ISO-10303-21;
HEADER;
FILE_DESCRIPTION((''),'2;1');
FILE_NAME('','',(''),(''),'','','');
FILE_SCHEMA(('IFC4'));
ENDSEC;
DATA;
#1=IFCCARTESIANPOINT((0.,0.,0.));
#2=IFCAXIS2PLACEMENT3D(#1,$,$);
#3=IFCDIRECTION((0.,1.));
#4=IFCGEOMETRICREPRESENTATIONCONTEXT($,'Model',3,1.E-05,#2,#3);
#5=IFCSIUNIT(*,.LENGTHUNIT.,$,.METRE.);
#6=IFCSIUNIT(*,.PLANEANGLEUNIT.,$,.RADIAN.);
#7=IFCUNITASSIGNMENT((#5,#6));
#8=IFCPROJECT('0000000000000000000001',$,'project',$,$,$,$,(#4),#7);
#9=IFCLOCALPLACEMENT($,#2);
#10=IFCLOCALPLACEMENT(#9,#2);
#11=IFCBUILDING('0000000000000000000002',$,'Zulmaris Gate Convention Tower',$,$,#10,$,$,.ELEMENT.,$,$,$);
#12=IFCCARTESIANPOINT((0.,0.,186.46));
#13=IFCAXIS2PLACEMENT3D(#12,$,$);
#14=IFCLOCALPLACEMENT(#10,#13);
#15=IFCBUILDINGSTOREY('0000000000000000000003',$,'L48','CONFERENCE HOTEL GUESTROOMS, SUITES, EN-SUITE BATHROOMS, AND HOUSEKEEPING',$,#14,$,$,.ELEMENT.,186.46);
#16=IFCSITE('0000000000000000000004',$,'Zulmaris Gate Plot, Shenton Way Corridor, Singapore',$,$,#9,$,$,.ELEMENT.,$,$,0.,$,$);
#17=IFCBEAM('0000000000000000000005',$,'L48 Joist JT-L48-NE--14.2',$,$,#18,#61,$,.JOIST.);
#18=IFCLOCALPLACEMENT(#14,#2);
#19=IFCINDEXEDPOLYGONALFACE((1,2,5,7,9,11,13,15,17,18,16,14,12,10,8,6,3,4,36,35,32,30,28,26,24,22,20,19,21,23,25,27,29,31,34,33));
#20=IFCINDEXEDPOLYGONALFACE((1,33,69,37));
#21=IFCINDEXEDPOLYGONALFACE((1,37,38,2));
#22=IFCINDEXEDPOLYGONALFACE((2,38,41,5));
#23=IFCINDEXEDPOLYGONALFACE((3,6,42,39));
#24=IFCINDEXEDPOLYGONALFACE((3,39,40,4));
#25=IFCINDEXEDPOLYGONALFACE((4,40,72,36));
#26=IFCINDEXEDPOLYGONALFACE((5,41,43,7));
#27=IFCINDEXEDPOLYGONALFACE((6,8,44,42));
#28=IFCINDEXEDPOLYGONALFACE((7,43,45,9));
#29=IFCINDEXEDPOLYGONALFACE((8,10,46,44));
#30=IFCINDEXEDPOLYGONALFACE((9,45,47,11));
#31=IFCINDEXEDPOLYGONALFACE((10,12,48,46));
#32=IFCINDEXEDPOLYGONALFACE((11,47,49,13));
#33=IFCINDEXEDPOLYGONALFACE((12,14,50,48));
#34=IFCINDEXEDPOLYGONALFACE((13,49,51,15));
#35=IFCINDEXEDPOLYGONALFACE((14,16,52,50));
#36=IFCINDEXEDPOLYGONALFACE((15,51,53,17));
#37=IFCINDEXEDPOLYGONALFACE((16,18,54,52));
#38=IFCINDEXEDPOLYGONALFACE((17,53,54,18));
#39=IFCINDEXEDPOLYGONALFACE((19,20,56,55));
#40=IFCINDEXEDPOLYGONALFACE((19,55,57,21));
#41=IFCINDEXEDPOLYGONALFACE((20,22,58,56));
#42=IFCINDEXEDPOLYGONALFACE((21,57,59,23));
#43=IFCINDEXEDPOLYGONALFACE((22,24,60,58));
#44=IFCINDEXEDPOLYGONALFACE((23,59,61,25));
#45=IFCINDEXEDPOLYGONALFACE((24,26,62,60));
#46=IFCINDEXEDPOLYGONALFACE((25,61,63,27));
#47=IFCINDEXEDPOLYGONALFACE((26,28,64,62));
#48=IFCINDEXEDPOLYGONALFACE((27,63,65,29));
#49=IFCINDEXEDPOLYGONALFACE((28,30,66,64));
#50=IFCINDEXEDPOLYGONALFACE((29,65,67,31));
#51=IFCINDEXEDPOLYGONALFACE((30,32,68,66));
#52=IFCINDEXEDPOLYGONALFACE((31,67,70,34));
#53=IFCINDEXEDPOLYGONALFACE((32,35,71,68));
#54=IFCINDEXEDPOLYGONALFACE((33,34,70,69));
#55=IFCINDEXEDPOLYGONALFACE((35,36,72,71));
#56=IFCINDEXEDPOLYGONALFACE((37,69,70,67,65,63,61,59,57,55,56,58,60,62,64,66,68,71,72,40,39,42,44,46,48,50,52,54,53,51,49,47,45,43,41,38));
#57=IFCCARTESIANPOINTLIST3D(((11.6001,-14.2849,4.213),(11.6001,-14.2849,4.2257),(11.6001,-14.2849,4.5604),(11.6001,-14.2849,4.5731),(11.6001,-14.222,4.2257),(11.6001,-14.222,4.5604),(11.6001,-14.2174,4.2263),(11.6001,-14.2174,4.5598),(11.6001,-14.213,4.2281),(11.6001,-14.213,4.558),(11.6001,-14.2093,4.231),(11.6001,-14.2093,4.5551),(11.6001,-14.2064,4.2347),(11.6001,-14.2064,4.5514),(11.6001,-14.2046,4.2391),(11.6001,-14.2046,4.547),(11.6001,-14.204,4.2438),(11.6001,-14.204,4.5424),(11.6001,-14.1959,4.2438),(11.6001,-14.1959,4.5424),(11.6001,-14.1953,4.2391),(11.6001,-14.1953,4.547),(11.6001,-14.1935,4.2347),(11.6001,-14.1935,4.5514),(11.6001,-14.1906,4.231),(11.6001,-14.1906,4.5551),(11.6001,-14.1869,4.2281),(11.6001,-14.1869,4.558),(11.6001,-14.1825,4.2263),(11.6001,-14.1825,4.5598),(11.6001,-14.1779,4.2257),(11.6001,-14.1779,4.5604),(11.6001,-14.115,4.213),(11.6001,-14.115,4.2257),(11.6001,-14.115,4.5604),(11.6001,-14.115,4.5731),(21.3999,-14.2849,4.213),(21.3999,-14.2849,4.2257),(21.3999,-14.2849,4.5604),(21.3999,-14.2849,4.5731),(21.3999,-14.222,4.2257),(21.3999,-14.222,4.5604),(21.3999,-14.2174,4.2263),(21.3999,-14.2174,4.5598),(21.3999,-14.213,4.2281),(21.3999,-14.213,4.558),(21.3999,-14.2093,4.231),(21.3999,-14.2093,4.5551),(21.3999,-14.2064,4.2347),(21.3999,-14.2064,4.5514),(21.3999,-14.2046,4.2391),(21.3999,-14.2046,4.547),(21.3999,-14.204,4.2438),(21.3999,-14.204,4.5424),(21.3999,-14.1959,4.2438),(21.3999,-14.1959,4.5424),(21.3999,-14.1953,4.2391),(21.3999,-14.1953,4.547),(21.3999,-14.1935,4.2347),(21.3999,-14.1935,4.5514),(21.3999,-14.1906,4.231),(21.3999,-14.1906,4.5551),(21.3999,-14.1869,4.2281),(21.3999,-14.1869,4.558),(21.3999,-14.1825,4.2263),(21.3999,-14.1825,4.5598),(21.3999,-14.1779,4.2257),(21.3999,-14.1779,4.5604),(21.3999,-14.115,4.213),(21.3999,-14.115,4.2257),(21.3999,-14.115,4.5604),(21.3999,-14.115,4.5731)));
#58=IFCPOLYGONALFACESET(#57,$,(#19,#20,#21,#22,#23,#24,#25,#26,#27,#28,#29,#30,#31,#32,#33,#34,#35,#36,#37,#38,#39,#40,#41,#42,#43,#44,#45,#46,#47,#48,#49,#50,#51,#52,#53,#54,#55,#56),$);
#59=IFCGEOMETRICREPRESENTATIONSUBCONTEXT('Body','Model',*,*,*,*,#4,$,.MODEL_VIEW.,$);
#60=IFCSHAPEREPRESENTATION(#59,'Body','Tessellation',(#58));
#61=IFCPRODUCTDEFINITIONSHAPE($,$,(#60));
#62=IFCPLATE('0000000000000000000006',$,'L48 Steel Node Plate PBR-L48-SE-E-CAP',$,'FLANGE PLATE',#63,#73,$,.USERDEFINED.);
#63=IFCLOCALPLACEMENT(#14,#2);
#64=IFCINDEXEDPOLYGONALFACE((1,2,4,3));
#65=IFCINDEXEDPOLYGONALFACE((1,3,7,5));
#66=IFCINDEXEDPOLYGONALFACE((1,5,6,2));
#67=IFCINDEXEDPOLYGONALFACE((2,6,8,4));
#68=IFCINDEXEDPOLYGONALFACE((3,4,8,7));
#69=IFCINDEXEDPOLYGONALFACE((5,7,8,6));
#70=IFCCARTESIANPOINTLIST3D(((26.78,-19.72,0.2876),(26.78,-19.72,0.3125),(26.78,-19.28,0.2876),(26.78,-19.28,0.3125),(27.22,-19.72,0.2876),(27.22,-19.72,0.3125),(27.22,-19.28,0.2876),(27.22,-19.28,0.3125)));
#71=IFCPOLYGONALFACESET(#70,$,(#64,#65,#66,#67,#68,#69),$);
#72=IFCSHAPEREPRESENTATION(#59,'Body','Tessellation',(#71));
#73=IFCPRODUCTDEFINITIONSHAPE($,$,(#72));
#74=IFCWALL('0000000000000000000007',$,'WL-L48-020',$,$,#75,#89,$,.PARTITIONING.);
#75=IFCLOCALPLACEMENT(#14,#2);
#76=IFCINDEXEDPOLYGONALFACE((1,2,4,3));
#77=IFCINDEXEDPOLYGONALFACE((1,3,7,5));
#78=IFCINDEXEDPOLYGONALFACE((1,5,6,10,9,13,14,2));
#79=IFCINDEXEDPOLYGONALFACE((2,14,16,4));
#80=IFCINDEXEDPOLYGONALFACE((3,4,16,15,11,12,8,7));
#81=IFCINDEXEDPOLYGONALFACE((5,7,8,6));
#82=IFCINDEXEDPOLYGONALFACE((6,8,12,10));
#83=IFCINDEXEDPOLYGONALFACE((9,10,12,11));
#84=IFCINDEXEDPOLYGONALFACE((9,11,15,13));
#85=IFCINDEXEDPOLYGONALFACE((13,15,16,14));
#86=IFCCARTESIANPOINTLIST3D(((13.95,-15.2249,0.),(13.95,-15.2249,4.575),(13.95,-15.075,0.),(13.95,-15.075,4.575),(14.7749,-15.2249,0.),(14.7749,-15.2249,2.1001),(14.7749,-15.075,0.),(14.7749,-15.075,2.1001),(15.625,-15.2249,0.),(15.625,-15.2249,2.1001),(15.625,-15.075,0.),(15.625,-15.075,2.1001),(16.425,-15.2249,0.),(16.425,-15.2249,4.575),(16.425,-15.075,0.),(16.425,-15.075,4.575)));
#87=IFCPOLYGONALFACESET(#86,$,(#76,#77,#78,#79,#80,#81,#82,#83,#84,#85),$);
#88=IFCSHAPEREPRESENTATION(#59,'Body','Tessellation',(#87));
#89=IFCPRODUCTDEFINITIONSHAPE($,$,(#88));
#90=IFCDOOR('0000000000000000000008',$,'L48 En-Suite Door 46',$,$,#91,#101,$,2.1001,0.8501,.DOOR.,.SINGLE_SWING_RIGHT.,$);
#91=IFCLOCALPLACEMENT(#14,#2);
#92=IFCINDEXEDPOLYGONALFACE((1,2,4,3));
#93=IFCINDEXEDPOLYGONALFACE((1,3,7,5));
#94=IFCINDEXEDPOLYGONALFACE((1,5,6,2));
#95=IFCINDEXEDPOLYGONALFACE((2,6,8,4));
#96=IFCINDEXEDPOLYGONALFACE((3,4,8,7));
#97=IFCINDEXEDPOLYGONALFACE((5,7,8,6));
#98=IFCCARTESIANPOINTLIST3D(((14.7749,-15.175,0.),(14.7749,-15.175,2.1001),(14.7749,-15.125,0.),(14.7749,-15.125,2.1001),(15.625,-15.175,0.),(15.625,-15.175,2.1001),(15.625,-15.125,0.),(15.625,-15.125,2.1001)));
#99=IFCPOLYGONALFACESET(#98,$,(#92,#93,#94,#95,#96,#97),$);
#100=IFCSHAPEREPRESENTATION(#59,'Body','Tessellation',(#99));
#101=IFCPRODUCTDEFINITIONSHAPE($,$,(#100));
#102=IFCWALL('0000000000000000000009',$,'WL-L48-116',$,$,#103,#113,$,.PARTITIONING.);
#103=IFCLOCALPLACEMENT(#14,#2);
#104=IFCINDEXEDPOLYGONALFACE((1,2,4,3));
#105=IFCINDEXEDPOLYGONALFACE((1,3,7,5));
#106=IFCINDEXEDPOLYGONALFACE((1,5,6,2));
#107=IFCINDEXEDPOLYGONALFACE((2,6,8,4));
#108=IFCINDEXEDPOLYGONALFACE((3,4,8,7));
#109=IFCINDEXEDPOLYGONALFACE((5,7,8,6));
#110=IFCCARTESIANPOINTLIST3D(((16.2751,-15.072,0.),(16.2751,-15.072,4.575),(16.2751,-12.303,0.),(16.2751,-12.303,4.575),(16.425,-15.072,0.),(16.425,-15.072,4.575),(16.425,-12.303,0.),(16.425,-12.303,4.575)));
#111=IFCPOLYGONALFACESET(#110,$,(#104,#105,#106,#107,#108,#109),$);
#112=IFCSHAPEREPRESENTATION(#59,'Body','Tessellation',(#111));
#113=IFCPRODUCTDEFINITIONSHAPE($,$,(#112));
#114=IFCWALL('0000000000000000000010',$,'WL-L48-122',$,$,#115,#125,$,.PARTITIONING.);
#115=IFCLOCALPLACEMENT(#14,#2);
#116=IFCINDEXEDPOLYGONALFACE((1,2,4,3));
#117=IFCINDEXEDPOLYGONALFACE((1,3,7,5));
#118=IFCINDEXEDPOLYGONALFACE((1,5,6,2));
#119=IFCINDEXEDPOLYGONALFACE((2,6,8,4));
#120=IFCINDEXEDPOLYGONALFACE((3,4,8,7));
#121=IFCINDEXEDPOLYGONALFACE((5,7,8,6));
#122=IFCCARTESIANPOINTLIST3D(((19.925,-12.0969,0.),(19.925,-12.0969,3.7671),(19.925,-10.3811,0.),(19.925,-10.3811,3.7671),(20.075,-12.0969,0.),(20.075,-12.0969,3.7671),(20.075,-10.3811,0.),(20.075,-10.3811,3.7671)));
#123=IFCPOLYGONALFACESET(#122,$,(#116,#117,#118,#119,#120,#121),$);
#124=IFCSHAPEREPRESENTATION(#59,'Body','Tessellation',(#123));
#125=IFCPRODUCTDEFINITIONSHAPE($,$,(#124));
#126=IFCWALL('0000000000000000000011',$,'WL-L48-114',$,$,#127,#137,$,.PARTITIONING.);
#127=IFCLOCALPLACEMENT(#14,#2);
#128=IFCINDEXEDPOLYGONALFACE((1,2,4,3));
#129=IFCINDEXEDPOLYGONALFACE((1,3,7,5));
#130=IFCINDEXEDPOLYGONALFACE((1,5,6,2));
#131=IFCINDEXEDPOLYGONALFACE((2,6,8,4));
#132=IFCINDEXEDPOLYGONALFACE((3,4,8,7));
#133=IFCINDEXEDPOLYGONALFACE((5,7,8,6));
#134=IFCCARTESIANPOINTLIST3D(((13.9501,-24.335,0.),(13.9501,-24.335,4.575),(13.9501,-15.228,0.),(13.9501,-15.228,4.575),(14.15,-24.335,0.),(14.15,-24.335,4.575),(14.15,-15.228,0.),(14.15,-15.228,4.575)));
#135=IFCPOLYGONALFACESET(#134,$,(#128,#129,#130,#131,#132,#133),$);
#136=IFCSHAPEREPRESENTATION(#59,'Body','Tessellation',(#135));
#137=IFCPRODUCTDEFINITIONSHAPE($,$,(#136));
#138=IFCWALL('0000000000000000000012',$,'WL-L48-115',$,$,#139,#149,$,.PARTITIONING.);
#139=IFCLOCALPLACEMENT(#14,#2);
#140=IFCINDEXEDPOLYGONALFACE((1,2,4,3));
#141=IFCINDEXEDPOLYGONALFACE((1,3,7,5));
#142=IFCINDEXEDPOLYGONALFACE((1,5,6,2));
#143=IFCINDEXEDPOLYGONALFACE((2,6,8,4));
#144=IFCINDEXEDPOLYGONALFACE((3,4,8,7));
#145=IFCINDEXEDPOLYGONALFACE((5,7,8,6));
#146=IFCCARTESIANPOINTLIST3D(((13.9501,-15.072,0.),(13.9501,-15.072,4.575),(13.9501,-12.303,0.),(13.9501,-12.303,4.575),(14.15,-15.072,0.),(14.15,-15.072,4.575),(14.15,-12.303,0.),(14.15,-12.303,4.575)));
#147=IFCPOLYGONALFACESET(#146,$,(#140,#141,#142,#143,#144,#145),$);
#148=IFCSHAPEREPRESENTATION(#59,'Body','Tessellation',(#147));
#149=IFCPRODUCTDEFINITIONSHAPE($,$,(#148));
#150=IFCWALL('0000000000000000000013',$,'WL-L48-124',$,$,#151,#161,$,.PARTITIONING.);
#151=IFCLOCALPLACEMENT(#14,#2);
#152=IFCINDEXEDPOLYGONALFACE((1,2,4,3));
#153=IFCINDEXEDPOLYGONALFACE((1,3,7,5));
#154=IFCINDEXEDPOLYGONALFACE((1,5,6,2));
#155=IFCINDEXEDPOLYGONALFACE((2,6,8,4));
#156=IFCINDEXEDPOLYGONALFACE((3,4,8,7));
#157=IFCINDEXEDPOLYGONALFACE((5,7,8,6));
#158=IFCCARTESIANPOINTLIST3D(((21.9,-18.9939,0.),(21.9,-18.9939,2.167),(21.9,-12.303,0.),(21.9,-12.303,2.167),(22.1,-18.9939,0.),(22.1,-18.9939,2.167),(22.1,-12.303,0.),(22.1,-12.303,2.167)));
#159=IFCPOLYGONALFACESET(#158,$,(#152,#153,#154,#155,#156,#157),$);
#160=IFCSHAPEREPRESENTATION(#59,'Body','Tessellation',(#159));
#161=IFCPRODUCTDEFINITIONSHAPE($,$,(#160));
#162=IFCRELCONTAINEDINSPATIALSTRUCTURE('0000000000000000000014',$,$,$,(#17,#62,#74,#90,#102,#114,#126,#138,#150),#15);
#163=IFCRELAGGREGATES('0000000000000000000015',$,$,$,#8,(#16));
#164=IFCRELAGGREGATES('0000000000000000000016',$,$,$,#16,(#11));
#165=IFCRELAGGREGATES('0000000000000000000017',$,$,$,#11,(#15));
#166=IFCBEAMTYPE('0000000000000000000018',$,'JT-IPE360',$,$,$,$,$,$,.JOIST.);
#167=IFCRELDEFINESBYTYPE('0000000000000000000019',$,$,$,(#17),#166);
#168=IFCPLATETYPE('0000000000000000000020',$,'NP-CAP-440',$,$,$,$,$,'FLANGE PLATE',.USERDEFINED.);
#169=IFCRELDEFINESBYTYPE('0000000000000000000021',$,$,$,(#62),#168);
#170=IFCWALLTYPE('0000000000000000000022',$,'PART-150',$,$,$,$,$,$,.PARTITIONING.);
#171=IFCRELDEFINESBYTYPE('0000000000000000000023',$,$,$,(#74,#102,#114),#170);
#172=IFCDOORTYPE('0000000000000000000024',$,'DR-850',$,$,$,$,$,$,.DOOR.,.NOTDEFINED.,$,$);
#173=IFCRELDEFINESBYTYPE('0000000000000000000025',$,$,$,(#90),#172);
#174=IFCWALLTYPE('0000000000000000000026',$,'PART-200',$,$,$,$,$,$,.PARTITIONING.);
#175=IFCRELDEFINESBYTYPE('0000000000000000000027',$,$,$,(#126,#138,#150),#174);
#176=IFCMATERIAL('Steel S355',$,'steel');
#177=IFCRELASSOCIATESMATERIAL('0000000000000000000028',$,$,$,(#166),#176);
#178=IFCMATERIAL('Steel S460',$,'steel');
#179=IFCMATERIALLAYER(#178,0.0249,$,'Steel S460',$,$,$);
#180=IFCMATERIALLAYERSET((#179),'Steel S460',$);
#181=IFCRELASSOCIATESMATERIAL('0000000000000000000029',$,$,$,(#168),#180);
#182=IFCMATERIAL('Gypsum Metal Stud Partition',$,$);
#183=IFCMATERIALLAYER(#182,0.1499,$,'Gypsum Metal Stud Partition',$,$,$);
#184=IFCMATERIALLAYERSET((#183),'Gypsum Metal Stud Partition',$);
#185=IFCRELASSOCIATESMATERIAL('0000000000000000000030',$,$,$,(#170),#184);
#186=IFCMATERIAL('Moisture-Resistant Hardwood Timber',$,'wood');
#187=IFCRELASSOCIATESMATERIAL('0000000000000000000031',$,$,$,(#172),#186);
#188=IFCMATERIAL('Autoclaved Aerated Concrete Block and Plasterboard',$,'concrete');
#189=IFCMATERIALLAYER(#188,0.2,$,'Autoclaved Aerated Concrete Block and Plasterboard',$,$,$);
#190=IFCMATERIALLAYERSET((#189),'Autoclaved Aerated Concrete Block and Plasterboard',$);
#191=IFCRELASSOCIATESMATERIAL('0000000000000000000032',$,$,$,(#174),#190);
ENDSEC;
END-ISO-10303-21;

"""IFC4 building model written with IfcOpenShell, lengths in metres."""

from ifc_helpers import new_model, si_unit, direction, frame, frame_2d, origin, origin_2d, place, context, subcontext, project, spatial, rectangle, i_section, extrude, material, layer, layer_set, material_profile, profile_set, type_object, element, fill, save


model = new_model("IFC4")

# Units and contexts
model_context = context("Model", 3, precision=1e-05, world=origin(), true_north=direction((0.0, 1.0)))
body_context = subcontext(model_context, "Body", "Model", "MODEL_VIEW")
ifc_project = project(units=[si_unit("LENGTHUNIT", "METRE"), si_unit("PLANEANGLEUNIT", "RADIAN")], contexts=[model_context])

# Site, building, storey
site_placement = place(None, origin())
site = spatial("IfcSite", under=ifc_project, at=site_placement, Name="Zulmaris Gate Plot, Shenton Way Corridor, Singapore", CompositionType="ELEMENT", RefElevation=0.0)
building_placement = place(site_placement, origin())
building = spatial("IfcBuilding", under=site, at=building_placement, Name="Zulmaris Gate Convention Tower", CompositionType="ELEMENT")
storey_placement = place(building_placement, frame((0.0, 0.0, 186.46)))
storey = spatial("IfcBuildingStorey", under=building, at=storey_placement, Name="L48", Description="CONFERENCE HOTEL GUESTROOMS, SUITES, EN-SUITE BATHROOMS, AND HOUSEKEEPING", CompositionType="ELEMENT", Elevation=186.46)

# Shared definitions
ifc_material_1 = material(Name="Steel S355", Category="steel")

# Beam
ifc_material_profile_1 = material_profile(ifc_material_1, i_section(OverallWidth=0.1699, OverallDepth=0.3601, WebThickness=0.0081, FlangeThickness=0.0127, FilletRadius=0.0181, at=origin_2d()), Name="IPE 360")
ifc_profile_set_1 = profile_set([ifc_material_profile_1], Name="Steel S355")
beam_type_1 = type_object("IfcBeamType", Name="JT-IPE360", PredefinedType="JOIST", material=ifc_profile_set_1)
beam_1_placement = place(storey_placement, frame((11.6001, -14.2, 4.3931), z_axis=(1.0, 0.0, 0.0), x_axis=(0.0, 1.0, 0.0)))
element("IfcBeam", 1, at=beam_1_placement, inside=storey, type_object=beam_type_1, Name="L48 Joist JT-L48-NE--14.2", PredefinedType="JOIST", context=body_context, shape_type="SweptSolid", body=[
    extrude(i_section(OverallWidth=0.1699, OverallDepth=0.3601, WebThickness=0.0081, FlangeThickness=0.0127, FilletRadius=0.0181, at=origin_2d()), origin(), (0.0, 0.0, 1.0), 9.7998),
])

# Plate
ifc_material_2 = material(Name="Steel S460", Category="steel")
ifc_layer_1 = layer(ifc_material_2, 0.0249, Name="Steel S460")
ifc_layer_set_1 = layer_set([ifc_layer_1], Name="Steel S460")
plate_type = type_object("IfcPlateType", Name="NP-CAP-440", ElementType="FLANGE PLATE", PredefinedType="USERDEFINED", material=ifc_layer_set_1)
plate_placement = place(storey_placement, frame((27.0, -19.5, 0.2876), z_axis=(0.0, 0.0, 1.0), x_axis=(1.0, 0.0, 0.0)))
element("IfcPlate", 2, at=plate_placement, inside=storey, type_object=plate_type, Name="L48 Steel Node Plate PBR-L48-SE-E-CAP", ObjectType="FLANGE PLATE", PredefinedType="USERDEFINED", context=body_context, shape_type="SweptSolid", body=[
    extrude(rectangle(XDim=0.4399, YDim=0.4399, at=origin_2d()), origin(), (0.0, 0.0, 1.0), 0.0249),
])

# Wall, opening, door
ifc_material_3 = material(Name="Gypsum Metal Stud Partition")
ifc_layer_2 = layer(ifc_material_3, 0.1499, Name="Gypsum Metal Stud Partition")
ifc_layer_set_2 = layer_set([ifc_layer_2], Name="Gypsum Metal Stud Partition")
wall_type_1 = type_object("IfcWallType", Name="PART-150", PredefinedType="PARTITIONING", material=ifc_layer_set_2)
wall_1_placement = place(storey_placement, frame((13.95, -15.1499, 0.0), z_axis=(0.0, 0.0, 1.0), x_axis=(1.0, 0.0, 0.0)))
wall_1 = element("IfcWall", 3, at=wall_1_placement, inside=storey, type_object=wall_type_1, Name="WL-L48-020", PredefinedType="PARTITIONING", context=body_context, shape_type="SweptSolid", body=[
    extrude(rectangle(XDim=2.4751, YDim=0.1499, at=frame_2d((1.2375, 0.0))), origin(), (0.0, 0.0, 1.0), 4.575),
])
opening_1_placement = place(wall_1_placement, frame((0.825, 0.0, 0.0)))
opening_1 = element("IfcOpeningElement", 4, at=opening_1_placement, cuts=wall_1, PredefinedType="OPENING", context=body_context, shape_type="SweptSolid", body=[
    extrude(rectangle(XDim=0.8501, YDim=2.1001, at=frame_2d((0.425, 1.05))), frame((0.0, 0.085, 0.0), z_axis=(0.0, -1.0, 0.0), x_axis=(1.0, 0.0, 0.0)), (0.0, 0.0, 1.0), 0.1699),
])
ifc_material_4 = material(Name="Moisture-Resistant Hardwood Timber", Category="wood")
door_type_1 = type_object("IfcDoorType", Name="DR-850", OperationType="NOTDEFINED", PredefinedType="DOOR", material=ifc_material_4)
door_1_placement = place(opening_1_placement, origin())
door_1 = element("IfcDoor", 5, at=door_1_placement, inside=storey, type_object=door_type_1, Name="L48 En-Suite Door 46", OperationType="SINGLE_SWING_RIGHT", OverallHeight=2.1001, OverallWidth=0.8501, PredefinedType="DOOR", context=body_context, shape_type="SweptSolid", body=[
    extrude(rectangle(XDim=0.8501, YDim=2.1001, at=frame_2d((0.425, 1.05))), frame((0.0, 0.0249, 0.0), z_axis=(0.0, -1.0, 0.0), x_axis=(1.0, 0.0, 0.0)), (0.0, 0.0, 1.0), 0.05),
])
fill(opening_1, door_1)

# Walls
wall_2_placement = place(storey_placement, frame((16.3501, -15.072, 0.0), z_axis=(0.0, 0.0, 1.0), x_axis=(0.0, 1.0, 0.0)))
element("IfcWall", 6, at=wall_2_placement, inside=storey, type_object=wall_type_1, Name="WL-L48-116", PredefinedType="PARTITIONING", context=body_context, shape_type="SweptSolid", body=[
    extrude(rectangle(XDim=2.769, YDim=0.1499, at=frame_2d((1.3845, 0.0))), origin(), (0.0, 0.0, 1.0), 4.575),
])
wall_3_placement = place(storey_placement, frame((20.0, -12.0969, 0.0), z_axis=(0.0, 0.0, 1.0), x_axis=(0.0, 1.0, 0.0)))
element("IfcWall", 7, at=wall_3_placement, inside=storey, type_object=wall_type_1, Name="WL-L48-122", PredefinedType="PARTITIONING", context=body_context, shape_type="SweptSolid", body=[
    extrude(rectangle(XDim=1.7158, YDim=0.1499, at=frame_2d((0.8579, 0.0))), origin(), (0.0, 0.0, 1.0), 3.7671),
])
ifc_material_5 = material(Name="Autoclaved Aerated Concrete Block and Plasterboard", Category="concrete")
ifc_layer_3 = layer(ifc_material_5, 0.2, Name="Autoclaved Aerated Concrete Block and Plasterboard")
ifc_layer_set_3 = layer_set([ifc_layer_3], Name="Autoclaved Aerated Concrete Block and Plasterboard")
wall_type_2 = type_object("IfcWallType", Name="PART-200", PredefinedType="PARTITIONING", material=ifc_layer_set_3)
wall_4_placement = place(storey_placement, frame((14.05, -24.335, 0.0), z_axis=(0.0, 0.0, 1.0), x_axis=(0.0, 1.0, 0.0)))
element("IfcWall", 8, at=wall_4_placement, inside=storey, type_object=wall_type_2, Name="WL-L48-114", PredefinedType="PARTITIONING", context=body_context, shape_type="SweptSolid", body=[
    extrude(rectangle(XDim=9.1069, YDim=0.2, at=frame_2d((4.5535, 0.0))), origin(), (0.0, 0.0, 1.0), 4.575),
])
wall_5_placement = place(storey_placement, frame((14.05, -15.072, 0.0), z_axis=(0.0, 0.0, 1.0), x_axis=(0.0, 1.0, 0.0)))
element("IfcWall", 9, at=wall_5_placement, inside=storey, type_object=wall_type_2, Name="WL-L48-115", PredefinedType="PARTITIONING", context=body_context, shape_type="SweptSolid", body=[
    extrude(rectangle(XDim=2.769, YDim=0.2, at=frame_2d((1.3845, 0.0))), origin(), (0.0, 0.0, 1.0), 4.575),
])
wall_6_placement = place(storey_placement, frame((22.0, -18.9939, 0.0), z_axis=(0.0, 0.0, 1.0), x_axis=(0.0, 1.0, 0.0)))
element("IfcWall", 10, at=wall_6_placement, inside=storey, type_object=wall_type_2, Name="WL-L48-124", PredefinedType="PARTITIONING", context=body_context, shape_type="SweptSolid", body=[
    extrude(rectangle(XDim=6.6909, YDim=0.2, at=frame_2d((3.3455, 0.0))), origin(), (0.0, 0.0, 1.0), 2.167),
])

save(model, "model.ifc")
